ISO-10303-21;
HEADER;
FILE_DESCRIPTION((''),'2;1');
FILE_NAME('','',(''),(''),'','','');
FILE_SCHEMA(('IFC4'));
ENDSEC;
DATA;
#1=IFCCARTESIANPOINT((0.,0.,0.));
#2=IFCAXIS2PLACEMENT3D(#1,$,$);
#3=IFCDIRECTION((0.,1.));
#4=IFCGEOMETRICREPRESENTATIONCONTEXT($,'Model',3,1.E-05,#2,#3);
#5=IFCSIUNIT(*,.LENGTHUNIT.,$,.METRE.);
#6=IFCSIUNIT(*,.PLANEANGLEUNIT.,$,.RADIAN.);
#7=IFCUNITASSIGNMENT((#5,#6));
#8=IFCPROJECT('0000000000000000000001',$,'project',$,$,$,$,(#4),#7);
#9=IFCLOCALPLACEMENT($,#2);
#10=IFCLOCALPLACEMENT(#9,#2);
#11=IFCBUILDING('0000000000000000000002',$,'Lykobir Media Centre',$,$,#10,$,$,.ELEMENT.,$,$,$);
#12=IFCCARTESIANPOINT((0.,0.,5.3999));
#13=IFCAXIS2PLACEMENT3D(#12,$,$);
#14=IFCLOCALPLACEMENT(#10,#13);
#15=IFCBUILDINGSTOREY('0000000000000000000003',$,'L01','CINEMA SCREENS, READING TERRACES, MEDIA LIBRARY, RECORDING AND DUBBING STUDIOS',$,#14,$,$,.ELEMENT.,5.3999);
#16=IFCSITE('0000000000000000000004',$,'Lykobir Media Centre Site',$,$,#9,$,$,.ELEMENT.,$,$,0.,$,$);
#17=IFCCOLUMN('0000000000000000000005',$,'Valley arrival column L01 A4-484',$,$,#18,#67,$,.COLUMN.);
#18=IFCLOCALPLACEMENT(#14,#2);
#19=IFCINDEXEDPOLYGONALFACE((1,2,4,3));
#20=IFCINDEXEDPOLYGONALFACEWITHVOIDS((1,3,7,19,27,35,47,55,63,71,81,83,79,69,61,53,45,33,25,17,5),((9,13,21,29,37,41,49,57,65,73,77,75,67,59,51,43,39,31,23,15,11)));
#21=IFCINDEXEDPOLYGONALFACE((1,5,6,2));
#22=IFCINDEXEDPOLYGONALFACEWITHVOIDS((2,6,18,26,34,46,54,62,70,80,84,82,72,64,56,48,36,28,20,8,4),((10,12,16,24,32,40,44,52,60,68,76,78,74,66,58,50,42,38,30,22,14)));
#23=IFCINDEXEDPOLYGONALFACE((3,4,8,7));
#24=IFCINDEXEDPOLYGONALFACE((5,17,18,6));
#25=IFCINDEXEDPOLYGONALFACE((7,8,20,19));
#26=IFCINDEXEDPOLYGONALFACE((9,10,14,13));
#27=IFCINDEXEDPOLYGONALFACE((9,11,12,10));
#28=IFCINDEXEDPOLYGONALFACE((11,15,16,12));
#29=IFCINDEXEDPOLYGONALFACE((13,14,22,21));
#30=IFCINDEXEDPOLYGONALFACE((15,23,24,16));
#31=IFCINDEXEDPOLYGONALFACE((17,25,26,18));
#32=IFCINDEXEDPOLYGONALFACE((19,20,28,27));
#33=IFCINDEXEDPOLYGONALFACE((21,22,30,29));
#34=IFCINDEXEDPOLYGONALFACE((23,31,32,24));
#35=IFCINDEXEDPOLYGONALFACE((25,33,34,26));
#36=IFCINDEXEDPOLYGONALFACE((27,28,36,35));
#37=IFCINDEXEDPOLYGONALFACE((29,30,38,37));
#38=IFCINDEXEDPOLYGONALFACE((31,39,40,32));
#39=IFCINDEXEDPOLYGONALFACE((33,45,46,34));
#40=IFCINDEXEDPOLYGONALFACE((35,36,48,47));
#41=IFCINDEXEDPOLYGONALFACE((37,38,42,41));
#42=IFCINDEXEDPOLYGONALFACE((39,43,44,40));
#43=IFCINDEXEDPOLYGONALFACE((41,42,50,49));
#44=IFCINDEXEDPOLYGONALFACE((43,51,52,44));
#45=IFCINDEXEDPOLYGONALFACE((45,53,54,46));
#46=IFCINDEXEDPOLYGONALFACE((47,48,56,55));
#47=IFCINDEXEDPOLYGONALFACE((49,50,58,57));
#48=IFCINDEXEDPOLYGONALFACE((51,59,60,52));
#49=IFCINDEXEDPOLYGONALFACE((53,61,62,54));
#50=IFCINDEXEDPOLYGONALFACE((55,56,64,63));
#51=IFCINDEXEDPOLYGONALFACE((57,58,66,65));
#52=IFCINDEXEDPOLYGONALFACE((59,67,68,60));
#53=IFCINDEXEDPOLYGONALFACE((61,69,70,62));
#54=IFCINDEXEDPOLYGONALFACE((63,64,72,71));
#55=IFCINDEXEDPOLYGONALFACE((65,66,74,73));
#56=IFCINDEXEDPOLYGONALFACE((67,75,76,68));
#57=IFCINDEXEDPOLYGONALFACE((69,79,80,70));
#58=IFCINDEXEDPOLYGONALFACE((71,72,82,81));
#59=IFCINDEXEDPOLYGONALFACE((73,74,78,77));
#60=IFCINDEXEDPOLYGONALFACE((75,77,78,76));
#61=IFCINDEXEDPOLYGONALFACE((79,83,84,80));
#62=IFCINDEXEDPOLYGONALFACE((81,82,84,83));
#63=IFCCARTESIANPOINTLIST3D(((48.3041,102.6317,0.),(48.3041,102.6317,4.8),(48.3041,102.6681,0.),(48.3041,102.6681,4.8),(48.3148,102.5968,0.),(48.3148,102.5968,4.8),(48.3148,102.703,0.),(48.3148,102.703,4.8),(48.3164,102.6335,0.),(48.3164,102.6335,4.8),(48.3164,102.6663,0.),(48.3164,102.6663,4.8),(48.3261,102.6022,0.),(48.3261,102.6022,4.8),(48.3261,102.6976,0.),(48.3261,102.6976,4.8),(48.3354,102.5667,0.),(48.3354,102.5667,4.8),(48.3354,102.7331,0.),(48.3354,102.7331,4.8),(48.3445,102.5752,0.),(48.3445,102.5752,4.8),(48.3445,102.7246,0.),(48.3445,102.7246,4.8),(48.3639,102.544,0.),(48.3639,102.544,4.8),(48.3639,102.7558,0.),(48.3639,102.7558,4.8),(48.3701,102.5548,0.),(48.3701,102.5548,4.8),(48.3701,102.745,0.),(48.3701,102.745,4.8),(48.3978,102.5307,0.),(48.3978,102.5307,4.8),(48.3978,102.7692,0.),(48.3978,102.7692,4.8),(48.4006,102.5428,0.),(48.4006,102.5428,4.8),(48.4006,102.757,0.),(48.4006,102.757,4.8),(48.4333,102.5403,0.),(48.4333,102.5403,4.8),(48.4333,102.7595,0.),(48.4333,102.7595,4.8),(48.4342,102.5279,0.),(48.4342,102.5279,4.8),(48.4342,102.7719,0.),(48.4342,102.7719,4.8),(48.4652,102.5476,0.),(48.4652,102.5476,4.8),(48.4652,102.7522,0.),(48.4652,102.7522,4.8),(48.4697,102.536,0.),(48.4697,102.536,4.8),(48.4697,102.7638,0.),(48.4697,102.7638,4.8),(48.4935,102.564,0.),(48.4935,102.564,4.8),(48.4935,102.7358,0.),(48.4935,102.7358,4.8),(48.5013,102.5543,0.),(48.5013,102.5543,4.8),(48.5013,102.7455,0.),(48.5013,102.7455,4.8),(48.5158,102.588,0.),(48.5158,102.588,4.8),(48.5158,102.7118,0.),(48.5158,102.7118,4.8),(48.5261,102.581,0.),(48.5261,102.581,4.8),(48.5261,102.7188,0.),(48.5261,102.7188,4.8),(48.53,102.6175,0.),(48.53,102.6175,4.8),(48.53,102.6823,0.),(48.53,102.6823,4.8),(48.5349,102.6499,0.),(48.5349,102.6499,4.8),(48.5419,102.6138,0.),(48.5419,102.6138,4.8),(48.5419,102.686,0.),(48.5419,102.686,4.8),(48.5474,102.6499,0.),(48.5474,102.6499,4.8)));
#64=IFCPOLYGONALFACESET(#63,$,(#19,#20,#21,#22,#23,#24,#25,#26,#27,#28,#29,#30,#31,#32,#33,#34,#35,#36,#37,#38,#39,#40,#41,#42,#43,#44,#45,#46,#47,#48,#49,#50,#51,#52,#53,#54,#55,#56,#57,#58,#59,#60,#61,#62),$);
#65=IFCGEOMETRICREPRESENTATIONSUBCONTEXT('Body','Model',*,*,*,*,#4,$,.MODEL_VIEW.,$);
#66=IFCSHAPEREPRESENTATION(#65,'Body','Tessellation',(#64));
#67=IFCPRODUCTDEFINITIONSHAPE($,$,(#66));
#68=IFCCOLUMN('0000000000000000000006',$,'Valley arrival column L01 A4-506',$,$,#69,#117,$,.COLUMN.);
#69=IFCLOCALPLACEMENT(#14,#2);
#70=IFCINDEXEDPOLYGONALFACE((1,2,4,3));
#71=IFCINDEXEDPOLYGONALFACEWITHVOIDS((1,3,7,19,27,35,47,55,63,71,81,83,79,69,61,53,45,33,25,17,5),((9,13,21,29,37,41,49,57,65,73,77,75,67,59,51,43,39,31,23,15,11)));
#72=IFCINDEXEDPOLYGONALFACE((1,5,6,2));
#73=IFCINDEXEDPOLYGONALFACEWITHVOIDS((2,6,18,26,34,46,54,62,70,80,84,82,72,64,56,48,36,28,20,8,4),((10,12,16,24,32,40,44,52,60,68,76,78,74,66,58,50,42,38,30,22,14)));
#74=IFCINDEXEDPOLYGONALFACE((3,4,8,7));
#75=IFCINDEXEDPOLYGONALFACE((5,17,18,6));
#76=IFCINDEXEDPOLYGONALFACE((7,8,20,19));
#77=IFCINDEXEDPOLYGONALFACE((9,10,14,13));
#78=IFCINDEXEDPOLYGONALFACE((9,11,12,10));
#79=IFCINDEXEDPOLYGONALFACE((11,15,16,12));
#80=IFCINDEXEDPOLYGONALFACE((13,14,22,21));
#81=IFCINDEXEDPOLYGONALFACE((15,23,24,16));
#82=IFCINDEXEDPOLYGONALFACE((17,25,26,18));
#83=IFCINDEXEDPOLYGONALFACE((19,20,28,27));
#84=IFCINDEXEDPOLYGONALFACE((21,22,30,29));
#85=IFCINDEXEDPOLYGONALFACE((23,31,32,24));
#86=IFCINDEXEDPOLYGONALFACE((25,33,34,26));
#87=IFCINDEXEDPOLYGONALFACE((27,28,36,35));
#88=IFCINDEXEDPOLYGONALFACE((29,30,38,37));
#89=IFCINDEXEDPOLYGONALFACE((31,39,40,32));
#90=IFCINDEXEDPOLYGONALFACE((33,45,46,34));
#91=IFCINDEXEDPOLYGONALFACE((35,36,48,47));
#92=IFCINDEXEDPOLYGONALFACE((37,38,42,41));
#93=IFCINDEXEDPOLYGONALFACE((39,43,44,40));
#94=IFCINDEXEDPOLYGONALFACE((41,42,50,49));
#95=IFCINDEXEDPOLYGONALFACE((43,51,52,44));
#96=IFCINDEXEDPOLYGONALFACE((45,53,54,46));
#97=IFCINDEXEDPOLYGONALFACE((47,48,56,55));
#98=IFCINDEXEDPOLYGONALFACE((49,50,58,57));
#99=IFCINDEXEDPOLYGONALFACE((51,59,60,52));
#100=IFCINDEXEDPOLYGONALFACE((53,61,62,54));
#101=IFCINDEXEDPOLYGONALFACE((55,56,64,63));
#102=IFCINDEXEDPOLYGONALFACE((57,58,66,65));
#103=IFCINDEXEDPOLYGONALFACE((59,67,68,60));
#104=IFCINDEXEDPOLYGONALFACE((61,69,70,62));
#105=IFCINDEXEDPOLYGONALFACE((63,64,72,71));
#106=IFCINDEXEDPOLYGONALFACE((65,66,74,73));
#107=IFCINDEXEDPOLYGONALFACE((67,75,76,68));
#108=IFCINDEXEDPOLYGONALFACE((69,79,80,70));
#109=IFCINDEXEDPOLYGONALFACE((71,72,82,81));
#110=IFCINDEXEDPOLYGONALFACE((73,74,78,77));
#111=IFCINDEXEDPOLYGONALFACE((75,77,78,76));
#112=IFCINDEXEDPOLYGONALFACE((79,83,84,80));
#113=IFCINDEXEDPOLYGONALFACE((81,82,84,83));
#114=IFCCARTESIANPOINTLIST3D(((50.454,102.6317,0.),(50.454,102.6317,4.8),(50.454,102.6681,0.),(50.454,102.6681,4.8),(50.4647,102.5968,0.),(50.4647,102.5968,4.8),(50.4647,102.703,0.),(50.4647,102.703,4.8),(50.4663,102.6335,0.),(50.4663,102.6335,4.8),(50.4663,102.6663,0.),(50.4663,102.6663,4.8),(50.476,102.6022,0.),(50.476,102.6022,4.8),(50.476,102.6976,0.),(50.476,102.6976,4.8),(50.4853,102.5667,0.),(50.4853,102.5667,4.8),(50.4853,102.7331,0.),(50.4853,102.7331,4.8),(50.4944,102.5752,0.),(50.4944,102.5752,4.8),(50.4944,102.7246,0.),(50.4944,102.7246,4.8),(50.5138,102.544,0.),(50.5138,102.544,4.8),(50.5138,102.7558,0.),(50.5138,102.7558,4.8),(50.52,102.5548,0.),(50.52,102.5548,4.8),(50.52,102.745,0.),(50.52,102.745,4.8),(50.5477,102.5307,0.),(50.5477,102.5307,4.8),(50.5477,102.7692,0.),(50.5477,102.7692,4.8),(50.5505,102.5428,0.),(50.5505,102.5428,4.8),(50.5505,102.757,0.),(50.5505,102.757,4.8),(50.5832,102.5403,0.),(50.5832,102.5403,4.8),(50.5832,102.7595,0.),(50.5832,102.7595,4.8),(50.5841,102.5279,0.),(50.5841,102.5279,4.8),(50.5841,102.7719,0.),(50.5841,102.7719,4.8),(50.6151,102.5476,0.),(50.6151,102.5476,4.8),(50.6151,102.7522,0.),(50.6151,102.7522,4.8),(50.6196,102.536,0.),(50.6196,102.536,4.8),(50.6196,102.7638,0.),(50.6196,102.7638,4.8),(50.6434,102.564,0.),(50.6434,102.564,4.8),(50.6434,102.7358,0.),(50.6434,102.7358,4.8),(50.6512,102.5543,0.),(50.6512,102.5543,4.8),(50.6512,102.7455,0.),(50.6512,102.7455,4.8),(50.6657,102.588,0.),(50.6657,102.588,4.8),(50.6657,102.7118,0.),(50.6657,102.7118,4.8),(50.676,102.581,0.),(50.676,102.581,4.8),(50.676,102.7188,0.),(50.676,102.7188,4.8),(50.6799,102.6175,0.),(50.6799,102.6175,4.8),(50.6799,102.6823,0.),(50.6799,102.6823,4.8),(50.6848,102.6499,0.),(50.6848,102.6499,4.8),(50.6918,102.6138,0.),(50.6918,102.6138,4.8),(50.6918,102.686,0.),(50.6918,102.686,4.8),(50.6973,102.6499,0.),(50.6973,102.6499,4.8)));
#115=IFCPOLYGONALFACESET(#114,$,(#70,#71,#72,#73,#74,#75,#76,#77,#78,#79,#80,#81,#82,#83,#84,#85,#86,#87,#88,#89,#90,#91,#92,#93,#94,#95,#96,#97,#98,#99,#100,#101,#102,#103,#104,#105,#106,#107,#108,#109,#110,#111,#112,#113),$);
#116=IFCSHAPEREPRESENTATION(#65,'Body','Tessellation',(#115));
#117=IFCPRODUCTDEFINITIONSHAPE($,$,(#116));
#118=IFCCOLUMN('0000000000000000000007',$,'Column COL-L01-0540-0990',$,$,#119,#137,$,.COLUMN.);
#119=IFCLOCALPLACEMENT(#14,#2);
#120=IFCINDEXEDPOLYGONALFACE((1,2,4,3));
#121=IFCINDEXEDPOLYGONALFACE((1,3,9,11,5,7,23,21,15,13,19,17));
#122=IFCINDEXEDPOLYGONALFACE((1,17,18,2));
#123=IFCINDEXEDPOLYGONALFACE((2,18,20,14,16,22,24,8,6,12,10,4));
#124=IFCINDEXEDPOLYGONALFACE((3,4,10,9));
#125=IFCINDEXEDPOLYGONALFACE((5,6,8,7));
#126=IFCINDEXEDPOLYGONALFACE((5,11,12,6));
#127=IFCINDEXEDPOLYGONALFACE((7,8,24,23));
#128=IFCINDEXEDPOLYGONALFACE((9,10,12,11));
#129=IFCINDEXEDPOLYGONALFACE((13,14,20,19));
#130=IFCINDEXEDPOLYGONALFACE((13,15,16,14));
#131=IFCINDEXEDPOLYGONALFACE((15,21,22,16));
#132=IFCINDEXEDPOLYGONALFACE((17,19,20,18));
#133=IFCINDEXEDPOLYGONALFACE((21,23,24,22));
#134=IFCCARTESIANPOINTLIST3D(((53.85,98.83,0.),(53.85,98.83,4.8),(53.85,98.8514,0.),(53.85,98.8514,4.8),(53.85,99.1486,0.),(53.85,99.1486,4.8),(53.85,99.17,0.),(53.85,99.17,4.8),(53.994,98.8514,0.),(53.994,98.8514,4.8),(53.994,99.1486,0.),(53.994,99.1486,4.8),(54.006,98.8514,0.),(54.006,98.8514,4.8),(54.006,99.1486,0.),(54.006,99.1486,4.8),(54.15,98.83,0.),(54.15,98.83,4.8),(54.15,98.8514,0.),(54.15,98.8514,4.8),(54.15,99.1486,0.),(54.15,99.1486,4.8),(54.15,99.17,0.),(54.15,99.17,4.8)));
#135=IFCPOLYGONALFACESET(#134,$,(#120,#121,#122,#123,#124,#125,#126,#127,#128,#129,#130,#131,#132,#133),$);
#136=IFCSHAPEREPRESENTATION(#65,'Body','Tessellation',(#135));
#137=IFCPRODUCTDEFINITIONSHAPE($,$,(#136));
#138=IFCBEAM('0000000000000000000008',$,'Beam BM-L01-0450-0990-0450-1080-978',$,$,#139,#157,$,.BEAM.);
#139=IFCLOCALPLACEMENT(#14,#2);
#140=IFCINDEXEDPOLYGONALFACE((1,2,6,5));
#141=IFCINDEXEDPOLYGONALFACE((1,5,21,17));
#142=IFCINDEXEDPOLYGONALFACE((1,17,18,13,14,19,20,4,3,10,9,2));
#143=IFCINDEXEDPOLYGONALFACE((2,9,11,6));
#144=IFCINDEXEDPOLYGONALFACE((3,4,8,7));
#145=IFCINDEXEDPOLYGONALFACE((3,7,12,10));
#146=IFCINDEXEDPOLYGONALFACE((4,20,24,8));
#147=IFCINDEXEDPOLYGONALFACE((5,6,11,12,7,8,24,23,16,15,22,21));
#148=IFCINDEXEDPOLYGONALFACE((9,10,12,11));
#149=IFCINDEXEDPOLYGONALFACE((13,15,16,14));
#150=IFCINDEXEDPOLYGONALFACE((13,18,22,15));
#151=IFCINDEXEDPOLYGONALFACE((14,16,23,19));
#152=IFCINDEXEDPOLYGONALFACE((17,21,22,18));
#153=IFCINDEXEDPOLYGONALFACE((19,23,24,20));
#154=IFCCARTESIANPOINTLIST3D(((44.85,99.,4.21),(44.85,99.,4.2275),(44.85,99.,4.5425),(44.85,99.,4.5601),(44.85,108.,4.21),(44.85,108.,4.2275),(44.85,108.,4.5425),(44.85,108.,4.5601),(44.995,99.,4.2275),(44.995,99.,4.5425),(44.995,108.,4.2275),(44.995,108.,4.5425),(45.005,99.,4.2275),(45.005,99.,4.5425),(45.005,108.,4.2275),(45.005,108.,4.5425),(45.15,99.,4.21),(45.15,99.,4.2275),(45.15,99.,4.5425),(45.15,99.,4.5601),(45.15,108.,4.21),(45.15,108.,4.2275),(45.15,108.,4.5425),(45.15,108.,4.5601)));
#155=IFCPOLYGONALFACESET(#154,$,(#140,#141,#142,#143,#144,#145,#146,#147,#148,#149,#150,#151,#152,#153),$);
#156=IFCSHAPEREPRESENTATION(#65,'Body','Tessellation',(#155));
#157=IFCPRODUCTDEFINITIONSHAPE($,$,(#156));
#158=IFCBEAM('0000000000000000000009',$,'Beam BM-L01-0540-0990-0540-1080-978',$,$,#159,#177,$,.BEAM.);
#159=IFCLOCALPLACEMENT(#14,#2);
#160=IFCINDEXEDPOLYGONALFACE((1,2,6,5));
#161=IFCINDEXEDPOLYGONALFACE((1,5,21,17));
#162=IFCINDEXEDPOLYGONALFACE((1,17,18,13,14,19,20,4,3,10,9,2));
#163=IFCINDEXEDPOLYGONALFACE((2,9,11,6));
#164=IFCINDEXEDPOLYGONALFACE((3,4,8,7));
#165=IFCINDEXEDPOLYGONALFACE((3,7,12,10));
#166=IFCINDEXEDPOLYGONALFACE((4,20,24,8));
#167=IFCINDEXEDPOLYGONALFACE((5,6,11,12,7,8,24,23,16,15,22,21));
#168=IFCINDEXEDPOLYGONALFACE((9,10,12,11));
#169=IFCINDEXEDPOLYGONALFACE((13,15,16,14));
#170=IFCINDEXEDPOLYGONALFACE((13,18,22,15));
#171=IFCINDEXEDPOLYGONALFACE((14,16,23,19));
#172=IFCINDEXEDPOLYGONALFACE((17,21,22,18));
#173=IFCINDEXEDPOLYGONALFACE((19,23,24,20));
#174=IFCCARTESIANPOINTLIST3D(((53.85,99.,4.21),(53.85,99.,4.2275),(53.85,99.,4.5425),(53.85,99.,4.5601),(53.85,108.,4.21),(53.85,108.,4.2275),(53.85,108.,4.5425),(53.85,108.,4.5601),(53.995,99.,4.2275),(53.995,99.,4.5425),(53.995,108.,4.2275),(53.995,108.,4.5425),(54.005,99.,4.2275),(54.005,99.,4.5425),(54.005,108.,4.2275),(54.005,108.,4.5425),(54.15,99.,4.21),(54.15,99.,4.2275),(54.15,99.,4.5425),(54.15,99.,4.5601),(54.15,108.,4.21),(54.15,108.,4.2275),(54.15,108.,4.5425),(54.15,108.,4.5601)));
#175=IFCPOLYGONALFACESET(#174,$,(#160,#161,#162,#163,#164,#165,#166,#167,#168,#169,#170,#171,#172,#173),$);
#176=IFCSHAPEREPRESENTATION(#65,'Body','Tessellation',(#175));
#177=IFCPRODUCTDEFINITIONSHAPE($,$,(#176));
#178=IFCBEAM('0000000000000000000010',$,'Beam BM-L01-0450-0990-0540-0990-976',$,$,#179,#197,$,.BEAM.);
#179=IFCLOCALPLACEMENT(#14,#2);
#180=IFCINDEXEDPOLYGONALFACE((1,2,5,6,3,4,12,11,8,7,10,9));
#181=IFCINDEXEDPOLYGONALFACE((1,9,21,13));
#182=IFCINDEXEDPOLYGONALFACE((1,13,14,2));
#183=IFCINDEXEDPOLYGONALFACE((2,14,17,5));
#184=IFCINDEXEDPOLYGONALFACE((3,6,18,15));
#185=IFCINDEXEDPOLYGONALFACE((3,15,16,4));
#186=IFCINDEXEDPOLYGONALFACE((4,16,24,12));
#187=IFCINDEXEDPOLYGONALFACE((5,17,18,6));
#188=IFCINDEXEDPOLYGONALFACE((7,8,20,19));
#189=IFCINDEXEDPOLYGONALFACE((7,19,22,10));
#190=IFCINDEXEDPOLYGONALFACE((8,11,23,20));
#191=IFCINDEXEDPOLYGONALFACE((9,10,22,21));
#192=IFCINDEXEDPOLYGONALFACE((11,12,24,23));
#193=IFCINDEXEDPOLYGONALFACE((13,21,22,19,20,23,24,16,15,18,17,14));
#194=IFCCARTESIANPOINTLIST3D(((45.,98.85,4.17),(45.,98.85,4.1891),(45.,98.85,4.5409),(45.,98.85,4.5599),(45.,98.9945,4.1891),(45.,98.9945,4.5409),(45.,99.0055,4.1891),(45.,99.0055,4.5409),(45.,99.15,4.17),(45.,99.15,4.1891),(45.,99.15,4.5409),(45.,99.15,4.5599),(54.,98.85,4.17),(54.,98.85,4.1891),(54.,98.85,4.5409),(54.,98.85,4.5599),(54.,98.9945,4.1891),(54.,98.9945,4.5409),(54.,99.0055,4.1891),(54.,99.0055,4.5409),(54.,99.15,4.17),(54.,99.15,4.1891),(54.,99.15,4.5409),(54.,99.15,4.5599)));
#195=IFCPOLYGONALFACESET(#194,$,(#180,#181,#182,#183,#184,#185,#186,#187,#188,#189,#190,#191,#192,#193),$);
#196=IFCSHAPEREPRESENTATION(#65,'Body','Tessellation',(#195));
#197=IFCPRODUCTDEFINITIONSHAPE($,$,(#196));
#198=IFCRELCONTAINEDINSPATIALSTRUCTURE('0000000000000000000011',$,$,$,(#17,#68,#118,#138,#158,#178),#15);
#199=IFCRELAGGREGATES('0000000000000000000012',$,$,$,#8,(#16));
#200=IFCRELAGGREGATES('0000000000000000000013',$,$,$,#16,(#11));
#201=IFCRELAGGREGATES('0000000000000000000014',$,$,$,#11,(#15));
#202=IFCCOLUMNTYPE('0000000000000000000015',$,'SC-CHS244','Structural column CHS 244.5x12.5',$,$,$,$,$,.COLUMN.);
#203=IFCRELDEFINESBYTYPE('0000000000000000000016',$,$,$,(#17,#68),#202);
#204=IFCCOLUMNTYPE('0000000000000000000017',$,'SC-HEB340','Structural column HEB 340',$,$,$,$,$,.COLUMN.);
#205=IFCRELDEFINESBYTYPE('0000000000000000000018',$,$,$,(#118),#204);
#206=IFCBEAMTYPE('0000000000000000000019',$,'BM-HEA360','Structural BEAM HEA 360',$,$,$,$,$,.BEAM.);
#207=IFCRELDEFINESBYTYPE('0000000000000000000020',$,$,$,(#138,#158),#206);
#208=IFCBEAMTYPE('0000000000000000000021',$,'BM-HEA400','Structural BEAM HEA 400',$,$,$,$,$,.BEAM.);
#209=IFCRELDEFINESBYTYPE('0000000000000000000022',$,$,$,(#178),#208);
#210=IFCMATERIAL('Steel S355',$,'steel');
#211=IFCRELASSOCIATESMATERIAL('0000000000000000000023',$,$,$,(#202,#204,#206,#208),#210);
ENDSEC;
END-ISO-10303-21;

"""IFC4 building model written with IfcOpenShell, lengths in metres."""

from ifc_helpers import new_model, si_unit, direction, frame, origin, origin_2d, place, context, subcontext, project, spatial, hollow_circle, i_section, extrude, material, material_profile, profile_set, type_object, element, save


model = new_model("IFC4")

# Units and contexts
model_context = context("Model", 3, precision=1e-05, world=origin(), true_north=direction((0.0, 1.0)))
body_context = subcontext(model_context, "Body", "Model", "MODEL_VIEW")
ifc_project = project(units=[si_unit("LENGTHUNIT", "METRE"), si_unit("PLANEANGLEUNIT", "RADIAN")], contexts=[model_context])

# Site, building, storey
site_placement = place(None, origin())
site = spatial("IfcSite", under=ifc_project, at=site_placement, Name="Lykobir Media Centre Site", CompositionType="ELEMENT", RefElevation=0.0)
building_placement = place(site_placement, origin())
building = spatial("IfcBuilding", under=site, at=building_placement, Name="Lykobir Media Centre", CompositionType="ELEMENT")
storey_placement = place(building_placement, frame((0.0, 0.0, 5.3999)))
storey = spatial("IfcBuildingStorey", under=building, at=storey_placement, Name="L01", Description="CINEMA SCREENS, READING TERRACES, MEDIA LIBRARY, RECORDING AND DUBBING STUDIOS", CompositionType="ELEMENT", Elevation=5.3999)

# Columns
ifc_material_1 = material(Name="Steel S355", Category="steel")
ifc_material_profile_1 = material_profile(ifc_material_1, hollow_circle(Radius=0.1223, WallThickness=0.0125, at=origin_2d()), Name="CHS 244.5x12.5")
ifc_profile_set_1 = profile_set([ifc_material_profile_1], Name="Steel S355")
column_type_1 = type_object("IfcColumnType", Name="SC-CHS244", Description="Structural column CHS 244.5x12.5", PredefinedType="COLUMN", material=ifc_profile_set_1)
for number, where, z_axis, x_axis, name in (
    (1, (48.425, 102.6499, 0.0), (0.0, 0.0, 1.0), (1.0, 0.0, 0.0), "Valley arrival column L01 A4-484"),
    (2, (50.575, 102.6499, 0.0), (0.0, 0.0, 1.0), (1.0, 0.0, 0.0), "Valley arrival column L01 A4-506"),
):
    element("IfcColumn", number, at=place(storey_placement, frame(where, z_axis=z_axis, x_axis=x_axis)), inside=storey, type_object=column_type_1, Name=name, PredefinedType="COLUMN", context=body_context, shape_type="SweptSolid", body=[
        extrude(hollow_circle(Radius=0.1223, WallThickness=0.0125, at=origin_2d()), origin(), (0.0, 0.0, 1.0), 4.8),
    ])
ifc_material_profile_2 = material_profile(ifc_material_1, i_section(OverallWidth=0.3, OverallDepth=0.3401, WebThickness=0.012, FlangeThickness=0.0215, at=origin_2d()), Name="HEB 340")
ifc_profile_set_2 = profile_set([ifc_material_profile_2], Name="Steel S355")
column_type_2 = type_object("IfcColumnType", Name="SC-HEB340", Description="Structural column HEB 340", PredefinedType="COLUMN", material=ifc_profile_set_2)
column_1_placement = place(storey_placement, frame((54.0, 99.0, 0.0), z_axis=(0.0, 0.0, 1.0), x_axis=(1.0, 0.0, 0.0)))
element("IfcColumn", 3, at=column_1_placement, inside=storey, type_object=column_type_2, Name="Column COL-L01-0540-0990", PredefinedType="COLUMN", context=body_context, shape_type="SweptSolid", body=[
    extrude(i_section(OverallWidth=0.3, OverallDepth=0.3401, WebThickness=0.012, FlangeThickness=0.0215, at=origin_2d()), origin(), (0.0, 0.0, 1.0), 4.8),
])

# Beams
ifc_material_profile_3 = material_profile(ifc_material_1, i_section(OverallWidth=0.3, OverallDepth=0.3501, WebThickness=0.01, FlangeThickness=0.0176, at=origin_2d()), Name="HEA 360")
ifc_profile_set_3 = profile_set([ifc_material_profile_3], Name="Steel S355")
beam_type_1 = type_object("IfcBeamType", Name="BM-HEA360", Description="Structural BEAM HEA 360", PredefinedType="BEAM", material=ifc_profile_set_3)
for number, where, z_axis, x_axis, name in (
    (4, (45.0, 99.0, 4.385), (0.0, 1.0, 0.0), (-1.0, 0.0, 0.0), "Beam BM-L01-0450-0990-0450-1080-978"),
    (5, (54.0, 99.0, 4.385), (0.0, 1.0, 0.0), (-1.0, 0.0, 0.0), "Beam BM-L01-0540-0990-0540-1080-978"),
):
    element("IfcBeam", number, at=place(storey_placement, frame(where, z_axis=z_axis, x_axis=x_axis)), inside=storey, type_object=beam_type_1, Name=name, PredefinedType="BEAM", context=body_context, shape_type="SweptSolid", body=[
        extrude(i_section(OverallWidth=0.3, OverallDepth=0.3501, WebThickness=0.01, FlangeThickness=0.0176, at=origin_2d()), origin(), (0.0, 0.0, 1.0), 9.0),
    ])
ifc_material_profile_4 = material_profile(ifc_material_1, i_section(OverallWidth=0.3, OverallDepth=0.3899, WebThickness=0.011, FlangeThickness=0.019, at=origin_2d()), Name="HEA 400")
ifc_profile_set_4 = profile_set([ifc_material_profile_4], Name="Steel S355")
beam_type_2 = type_object("IfcBeamType", Name="BM-HEA400", Description="Structural BEAM HEA 400", PredefinedType="BEAM", material=ifc_profile_set_4)
for number, where, z_axis, x_axis, name in (
    (6, (45.0, 99.0, 4.365), (1.0, 0.0, 0.0), (0.0, 1.0, 0.0), "Beam BM-L01-0450-0990-0540-0990-976"),
):
    element("IfcBeam", number, at=place(storey_placement, frame(where, z_axis=z_axis, x_axis=x_axis)), inside=storey, type_object=beam_type_2, Name=name, PredefinedType="BEAM", context=body_context, shape_type="SweptSolid", body=[
        extrude(i_section(OverallWidth=0.3, OverallDepth=0.3899, WebThickness=0.011, FlangeThickness=0.019, at=origin_2d()), origin(), (0.0, 0.0, 1.0), 9.0),
    ])

save(model, "model.ifc")
